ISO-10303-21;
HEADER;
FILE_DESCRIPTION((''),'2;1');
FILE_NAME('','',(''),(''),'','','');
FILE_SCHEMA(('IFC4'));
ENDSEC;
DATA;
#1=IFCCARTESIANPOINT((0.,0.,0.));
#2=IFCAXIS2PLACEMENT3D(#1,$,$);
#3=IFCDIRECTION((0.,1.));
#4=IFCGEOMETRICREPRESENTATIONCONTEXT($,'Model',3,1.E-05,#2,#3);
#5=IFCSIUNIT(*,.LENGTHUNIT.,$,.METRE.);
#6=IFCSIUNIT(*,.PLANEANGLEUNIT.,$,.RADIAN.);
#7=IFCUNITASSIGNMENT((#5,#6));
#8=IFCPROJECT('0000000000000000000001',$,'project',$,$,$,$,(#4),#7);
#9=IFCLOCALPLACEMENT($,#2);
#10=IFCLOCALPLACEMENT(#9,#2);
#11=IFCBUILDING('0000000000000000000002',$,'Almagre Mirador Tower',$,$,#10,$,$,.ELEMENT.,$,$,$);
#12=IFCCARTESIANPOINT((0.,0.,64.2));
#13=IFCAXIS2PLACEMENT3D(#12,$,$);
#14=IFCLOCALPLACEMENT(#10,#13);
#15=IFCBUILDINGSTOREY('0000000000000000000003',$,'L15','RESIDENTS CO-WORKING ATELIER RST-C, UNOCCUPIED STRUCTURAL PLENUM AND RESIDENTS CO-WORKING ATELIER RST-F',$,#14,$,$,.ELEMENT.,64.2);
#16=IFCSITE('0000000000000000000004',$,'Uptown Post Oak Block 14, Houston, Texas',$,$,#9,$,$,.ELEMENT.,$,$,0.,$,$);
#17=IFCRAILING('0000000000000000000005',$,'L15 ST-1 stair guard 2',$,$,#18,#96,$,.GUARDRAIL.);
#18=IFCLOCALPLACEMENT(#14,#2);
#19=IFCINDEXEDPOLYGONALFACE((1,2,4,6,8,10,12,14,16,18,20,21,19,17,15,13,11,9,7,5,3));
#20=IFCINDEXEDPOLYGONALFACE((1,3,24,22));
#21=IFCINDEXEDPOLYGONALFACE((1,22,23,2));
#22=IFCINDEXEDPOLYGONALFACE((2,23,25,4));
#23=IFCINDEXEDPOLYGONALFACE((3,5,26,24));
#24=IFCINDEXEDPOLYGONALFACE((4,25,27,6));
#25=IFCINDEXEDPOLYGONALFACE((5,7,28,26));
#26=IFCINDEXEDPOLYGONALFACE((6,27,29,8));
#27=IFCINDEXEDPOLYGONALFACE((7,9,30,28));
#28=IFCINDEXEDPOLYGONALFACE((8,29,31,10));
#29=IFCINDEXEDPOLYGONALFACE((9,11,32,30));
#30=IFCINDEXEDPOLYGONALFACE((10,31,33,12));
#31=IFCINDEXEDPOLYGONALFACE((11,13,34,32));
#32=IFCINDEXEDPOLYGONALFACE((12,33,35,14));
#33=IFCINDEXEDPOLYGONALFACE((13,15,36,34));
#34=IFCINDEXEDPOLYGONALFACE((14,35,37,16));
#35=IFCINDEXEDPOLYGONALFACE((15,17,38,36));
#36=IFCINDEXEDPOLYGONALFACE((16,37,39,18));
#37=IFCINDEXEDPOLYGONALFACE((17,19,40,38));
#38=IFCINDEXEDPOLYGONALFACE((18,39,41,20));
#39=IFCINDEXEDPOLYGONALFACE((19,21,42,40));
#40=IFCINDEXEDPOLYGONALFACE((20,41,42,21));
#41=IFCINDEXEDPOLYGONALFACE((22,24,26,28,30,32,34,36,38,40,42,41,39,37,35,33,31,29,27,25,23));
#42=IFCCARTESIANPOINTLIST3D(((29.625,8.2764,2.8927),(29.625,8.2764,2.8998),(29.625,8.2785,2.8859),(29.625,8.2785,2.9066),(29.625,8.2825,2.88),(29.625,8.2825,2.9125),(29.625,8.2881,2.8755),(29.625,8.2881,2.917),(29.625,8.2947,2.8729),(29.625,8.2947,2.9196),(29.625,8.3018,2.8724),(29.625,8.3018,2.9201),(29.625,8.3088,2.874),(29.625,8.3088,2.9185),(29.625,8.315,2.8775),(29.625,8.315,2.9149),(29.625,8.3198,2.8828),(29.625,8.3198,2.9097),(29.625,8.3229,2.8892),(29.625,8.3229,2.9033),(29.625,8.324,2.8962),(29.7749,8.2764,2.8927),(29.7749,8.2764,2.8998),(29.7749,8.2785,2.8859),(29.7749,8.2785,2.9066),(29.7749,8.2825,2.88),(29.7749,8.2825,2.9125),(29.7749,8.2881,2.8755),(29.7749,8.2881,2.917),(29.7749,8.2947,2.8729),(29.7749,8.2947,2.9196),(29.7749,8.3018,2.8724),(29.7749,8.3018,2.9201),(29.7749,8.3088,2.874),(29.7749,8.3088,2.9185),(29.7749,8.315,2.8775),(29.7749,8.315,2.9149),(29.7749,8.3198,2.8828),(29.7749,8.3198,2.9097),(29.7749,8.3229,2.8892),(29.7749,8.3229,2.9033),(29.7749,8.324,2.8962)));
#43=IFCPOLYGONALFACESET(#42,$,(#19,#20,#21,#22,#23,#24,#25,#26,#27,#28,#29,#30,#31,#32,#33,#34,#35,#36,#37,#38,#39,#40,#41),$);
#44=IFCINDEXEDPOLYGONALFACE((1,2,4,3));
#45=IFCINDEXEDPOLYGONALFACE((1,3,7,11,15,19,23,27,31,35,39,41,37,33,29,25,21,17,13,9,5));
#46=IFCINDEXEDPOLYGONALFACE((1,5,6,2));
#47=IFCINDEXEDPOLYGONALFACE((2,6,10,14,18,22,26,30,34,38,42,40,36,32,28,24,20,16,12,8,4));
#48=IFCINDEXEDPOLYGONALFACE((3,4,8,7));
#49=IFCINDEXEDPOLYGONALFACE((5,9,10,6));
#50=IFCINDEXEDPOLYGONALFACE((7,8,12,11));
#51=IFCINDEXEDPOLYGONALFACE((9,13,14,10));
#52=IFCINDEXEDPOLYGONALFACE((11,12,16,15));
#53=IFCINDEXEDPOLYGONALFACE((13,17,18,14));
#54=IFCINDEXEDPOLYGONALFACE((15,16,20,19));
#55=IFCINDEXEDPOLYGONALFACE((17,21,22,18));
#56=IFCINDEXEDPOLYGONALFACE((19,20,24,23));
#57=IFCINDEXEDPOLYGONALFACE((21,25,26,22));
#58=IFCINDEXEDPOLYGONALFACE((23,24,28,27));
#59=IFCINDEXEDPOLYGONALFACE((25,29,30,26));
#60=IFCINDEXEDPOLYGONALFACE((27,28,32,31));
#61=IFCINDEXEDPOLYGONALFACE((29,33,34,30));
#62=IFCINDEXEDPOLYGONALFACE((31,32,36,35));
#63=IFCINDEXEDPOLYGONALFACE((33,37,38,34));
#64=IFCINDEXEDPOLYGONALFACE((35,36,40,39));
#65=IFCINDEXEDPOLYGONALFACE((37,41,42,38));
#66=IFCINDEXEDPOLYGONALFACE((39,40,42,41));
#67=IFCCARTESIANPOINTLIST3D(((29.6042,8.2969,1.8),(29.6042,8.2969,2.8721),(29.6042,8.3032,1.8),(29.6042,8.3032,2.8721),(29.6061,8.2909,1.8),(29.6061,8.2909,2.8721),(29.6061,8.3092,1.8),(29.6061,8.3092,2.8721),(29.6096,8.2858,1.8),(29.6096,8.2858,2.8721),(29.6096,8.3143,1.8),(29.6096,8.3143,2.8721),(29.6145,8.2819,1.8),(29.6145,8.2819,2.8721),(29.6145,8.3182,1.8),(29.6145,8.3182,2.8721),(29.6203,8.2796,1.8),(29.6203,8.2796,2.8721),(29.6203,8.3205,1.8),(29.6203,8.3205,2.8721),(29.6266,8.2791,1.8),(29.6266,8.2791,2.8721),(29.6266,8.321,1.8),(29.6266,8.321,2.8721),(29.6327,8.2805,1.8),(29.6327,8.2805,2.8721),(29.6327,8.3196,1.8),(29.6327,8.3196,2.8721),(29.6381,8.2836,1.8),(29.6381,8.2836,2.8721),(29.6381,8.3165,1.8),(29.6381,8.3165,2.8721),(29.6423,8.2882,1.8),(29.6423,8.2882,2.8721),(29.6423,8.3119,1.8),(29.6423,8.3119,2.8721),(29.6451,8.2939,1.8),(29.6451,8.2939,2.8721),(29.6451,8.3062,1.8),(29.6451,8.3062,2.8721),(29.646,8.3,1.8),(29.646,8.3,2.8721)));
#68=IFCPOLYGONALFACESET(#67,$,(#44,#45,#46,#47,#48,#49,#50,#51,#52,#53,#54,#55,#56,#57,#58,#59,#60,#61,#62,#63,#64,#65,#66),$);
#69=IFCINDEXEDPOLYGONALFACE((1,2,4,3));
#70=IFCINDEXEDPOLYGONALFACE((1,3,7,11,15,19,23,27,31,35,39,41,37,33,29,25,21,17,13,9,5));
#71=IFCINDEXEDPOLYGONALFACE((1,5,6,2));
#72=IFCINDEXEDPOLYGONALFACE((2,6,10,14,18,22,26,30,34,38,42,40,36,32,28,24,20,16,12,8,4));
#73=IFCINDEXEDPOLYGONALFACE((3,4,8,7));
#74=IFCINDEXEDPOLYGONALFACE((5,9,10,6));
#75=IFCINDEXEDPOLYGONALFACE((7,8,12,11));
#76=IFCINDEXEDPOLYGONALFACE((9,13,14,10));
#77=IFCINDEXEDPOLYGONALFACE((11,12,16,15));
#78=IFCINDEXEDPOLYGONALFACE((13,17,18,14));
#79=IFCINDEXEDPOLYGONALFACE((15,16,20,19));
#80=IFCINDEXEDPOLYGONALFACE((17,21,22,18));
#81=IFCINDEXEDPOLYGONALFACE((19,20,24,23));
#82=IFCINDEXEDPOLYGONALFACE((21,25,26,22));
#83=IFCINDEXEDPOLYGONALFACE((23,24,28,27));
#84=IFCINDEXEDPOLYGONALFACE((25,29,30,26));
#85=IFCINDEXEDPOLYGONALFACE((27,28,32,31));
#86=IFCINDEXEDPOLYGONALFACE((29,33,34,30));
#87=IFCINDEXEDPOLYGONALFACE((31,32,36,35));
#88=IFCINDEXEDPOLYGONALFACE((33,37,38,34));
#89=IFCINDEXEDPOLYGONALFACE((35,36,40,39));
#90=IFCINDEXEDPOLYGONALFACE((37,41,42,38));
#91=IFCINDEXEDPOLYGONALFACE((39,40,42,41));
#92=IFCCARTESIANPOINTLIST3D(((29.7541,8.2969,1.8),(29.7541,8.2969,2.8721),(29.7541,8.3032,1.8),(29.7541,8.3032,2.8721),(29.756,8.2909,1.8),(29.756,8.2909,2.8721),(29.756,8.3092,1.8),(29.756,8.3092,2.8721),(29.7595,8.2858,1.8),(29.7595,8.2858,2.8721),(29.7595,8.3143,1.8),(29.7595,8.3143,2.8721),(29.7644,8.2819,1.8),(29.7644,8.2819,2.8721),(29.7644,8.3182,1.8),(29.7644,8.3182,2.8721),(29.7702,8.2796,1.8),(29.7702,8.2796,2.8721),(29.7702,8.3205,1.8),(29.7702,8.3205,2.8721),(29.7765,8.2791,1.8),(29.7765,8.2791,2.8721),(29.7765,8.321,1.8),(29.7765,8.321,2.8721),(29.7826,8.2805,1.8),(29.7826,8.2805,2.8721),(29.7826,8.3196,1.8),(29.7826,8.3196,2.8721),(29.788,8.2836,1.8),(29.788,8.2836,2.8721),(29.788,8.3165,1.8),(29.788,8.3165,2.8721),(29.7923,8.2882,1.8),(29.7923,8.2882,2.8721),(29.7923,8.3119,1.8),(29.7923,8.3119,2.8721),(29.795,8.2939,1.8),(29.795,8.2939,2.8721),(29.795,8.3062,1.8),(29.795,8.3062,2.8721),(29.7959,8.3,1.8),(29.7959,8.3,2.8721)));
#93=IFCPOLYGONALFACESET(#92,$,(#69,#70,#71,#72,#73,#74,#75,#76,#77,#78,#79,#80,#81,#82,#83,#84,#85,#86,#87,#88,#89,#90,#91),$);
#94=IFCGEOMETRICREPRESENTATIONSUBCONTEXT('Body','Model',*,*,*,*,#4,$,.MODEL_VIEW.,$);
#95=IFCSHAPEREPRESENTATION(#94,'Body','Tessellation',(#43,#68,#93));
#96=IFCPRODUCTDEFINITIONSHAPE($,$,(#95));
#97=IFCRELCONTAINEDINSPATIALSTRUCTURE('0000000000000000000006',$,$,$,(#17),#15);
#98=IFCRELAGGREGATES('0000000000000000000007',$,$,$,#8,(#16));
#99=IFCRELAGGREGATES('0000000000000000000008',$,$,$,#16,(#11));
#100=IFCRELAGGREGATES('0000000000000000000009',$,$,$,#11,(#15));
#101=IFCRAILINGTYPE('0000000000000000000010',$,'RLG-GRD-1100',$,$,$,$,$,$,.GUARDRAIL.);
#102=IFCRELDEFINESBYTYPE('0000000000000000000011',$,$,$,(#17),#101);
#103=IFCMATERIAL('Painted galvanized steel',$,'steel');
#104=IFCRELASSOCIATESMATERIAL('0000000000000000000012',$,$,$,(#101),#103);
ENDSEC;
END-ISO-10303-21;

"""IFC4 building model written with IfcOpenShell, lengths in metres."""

from ifc_helpers import new_model, si_unit, direction, frame, origin, origin_2d, place, context, subcontext, project, spatial, circle, extrude, material, type_object, element, save


model = new_model("IFC4")

# Units and contexts
model_context = context("Model", 3, precision=1e-05, world=origin(), true_north=direction((0.0, 1.0)))
body_context = subcontext(model_context, "Body", "Model", "MODEL_VIEW")
ifc_project = project(units=[si_unit("LENGTHUNIT", "METRE"), si_unit("PLANEANGLEUNIT", "RADIAN")], contexts=[model_context])

# Site, building, storey
site_placement = place(None, origin())
site = spatial("IfcSite", under=ifc_project, at=site_placement, Name="Uptown Post Oak Block 14, Houston, Texas", CompositionType="ELEMENT", RefElevation=0.0)
building_placement = place(site_placement, origin())
building = spatial("IfcBuilding", under=site, at=building_placement, Name="Almagre Mirador Tower", CompositionType="ELEMENT")
storey_placement = place(building_placement, frame((0.0, 0.0, 64.2)))
storey = spatial("IfcBuildingStorey", under=building, at=storey_placement, Name="L15", Description="RESIDENTS CO-WORKING ATELIER RST-C, UNOCCUPIED STRUCTURAL PLENUM AND RESIDENTS CO-WORKING ATELIER RST-F", CompositionType="ELEMENT", Elevation=64.2)

# Railing
ifc_material_1 = material(Name="Painted galvanized steel", Category="steel")
railing_type_1 = type_object("IfcRailingType", Name="RLG-GRD-1100", PredefinedType="GUARDRAIL", material=ifc_material_1)
railing_1_placement = place(storey_placement, frame((29.625, 8.3, 1.8)))
element("IfcRailing", 1, at=railing_1_placement, inside=storey, type_object=railing_type_1, Name="L15 ST-1 stair guard 2", PredefinedType="GUARDRAIL", context=body_context, shape_type="SweptSolid", body=[
    extrude(circle(Radius=0.0239, at=origin_2d()), frame((0.0, 0.0, 1.0962), z_axis=(1.0, 0.0, 0.0), x_axis=(0.0, 1.0, 0.0)), (0.0, 0.0, 1.0), 0.1499),
    extrude(circle(Radius=0.021, at=origin_2d()), origin(), (0.0, 0.0, 1.0), 1.072),
    extrude(circle(Radius=0.021, at=origin_2d()), frame((0.1499, 0.0, 0.0)), (0.0, 0.0, 1.0), 1.072),
])

save(model, "model.ifc")
